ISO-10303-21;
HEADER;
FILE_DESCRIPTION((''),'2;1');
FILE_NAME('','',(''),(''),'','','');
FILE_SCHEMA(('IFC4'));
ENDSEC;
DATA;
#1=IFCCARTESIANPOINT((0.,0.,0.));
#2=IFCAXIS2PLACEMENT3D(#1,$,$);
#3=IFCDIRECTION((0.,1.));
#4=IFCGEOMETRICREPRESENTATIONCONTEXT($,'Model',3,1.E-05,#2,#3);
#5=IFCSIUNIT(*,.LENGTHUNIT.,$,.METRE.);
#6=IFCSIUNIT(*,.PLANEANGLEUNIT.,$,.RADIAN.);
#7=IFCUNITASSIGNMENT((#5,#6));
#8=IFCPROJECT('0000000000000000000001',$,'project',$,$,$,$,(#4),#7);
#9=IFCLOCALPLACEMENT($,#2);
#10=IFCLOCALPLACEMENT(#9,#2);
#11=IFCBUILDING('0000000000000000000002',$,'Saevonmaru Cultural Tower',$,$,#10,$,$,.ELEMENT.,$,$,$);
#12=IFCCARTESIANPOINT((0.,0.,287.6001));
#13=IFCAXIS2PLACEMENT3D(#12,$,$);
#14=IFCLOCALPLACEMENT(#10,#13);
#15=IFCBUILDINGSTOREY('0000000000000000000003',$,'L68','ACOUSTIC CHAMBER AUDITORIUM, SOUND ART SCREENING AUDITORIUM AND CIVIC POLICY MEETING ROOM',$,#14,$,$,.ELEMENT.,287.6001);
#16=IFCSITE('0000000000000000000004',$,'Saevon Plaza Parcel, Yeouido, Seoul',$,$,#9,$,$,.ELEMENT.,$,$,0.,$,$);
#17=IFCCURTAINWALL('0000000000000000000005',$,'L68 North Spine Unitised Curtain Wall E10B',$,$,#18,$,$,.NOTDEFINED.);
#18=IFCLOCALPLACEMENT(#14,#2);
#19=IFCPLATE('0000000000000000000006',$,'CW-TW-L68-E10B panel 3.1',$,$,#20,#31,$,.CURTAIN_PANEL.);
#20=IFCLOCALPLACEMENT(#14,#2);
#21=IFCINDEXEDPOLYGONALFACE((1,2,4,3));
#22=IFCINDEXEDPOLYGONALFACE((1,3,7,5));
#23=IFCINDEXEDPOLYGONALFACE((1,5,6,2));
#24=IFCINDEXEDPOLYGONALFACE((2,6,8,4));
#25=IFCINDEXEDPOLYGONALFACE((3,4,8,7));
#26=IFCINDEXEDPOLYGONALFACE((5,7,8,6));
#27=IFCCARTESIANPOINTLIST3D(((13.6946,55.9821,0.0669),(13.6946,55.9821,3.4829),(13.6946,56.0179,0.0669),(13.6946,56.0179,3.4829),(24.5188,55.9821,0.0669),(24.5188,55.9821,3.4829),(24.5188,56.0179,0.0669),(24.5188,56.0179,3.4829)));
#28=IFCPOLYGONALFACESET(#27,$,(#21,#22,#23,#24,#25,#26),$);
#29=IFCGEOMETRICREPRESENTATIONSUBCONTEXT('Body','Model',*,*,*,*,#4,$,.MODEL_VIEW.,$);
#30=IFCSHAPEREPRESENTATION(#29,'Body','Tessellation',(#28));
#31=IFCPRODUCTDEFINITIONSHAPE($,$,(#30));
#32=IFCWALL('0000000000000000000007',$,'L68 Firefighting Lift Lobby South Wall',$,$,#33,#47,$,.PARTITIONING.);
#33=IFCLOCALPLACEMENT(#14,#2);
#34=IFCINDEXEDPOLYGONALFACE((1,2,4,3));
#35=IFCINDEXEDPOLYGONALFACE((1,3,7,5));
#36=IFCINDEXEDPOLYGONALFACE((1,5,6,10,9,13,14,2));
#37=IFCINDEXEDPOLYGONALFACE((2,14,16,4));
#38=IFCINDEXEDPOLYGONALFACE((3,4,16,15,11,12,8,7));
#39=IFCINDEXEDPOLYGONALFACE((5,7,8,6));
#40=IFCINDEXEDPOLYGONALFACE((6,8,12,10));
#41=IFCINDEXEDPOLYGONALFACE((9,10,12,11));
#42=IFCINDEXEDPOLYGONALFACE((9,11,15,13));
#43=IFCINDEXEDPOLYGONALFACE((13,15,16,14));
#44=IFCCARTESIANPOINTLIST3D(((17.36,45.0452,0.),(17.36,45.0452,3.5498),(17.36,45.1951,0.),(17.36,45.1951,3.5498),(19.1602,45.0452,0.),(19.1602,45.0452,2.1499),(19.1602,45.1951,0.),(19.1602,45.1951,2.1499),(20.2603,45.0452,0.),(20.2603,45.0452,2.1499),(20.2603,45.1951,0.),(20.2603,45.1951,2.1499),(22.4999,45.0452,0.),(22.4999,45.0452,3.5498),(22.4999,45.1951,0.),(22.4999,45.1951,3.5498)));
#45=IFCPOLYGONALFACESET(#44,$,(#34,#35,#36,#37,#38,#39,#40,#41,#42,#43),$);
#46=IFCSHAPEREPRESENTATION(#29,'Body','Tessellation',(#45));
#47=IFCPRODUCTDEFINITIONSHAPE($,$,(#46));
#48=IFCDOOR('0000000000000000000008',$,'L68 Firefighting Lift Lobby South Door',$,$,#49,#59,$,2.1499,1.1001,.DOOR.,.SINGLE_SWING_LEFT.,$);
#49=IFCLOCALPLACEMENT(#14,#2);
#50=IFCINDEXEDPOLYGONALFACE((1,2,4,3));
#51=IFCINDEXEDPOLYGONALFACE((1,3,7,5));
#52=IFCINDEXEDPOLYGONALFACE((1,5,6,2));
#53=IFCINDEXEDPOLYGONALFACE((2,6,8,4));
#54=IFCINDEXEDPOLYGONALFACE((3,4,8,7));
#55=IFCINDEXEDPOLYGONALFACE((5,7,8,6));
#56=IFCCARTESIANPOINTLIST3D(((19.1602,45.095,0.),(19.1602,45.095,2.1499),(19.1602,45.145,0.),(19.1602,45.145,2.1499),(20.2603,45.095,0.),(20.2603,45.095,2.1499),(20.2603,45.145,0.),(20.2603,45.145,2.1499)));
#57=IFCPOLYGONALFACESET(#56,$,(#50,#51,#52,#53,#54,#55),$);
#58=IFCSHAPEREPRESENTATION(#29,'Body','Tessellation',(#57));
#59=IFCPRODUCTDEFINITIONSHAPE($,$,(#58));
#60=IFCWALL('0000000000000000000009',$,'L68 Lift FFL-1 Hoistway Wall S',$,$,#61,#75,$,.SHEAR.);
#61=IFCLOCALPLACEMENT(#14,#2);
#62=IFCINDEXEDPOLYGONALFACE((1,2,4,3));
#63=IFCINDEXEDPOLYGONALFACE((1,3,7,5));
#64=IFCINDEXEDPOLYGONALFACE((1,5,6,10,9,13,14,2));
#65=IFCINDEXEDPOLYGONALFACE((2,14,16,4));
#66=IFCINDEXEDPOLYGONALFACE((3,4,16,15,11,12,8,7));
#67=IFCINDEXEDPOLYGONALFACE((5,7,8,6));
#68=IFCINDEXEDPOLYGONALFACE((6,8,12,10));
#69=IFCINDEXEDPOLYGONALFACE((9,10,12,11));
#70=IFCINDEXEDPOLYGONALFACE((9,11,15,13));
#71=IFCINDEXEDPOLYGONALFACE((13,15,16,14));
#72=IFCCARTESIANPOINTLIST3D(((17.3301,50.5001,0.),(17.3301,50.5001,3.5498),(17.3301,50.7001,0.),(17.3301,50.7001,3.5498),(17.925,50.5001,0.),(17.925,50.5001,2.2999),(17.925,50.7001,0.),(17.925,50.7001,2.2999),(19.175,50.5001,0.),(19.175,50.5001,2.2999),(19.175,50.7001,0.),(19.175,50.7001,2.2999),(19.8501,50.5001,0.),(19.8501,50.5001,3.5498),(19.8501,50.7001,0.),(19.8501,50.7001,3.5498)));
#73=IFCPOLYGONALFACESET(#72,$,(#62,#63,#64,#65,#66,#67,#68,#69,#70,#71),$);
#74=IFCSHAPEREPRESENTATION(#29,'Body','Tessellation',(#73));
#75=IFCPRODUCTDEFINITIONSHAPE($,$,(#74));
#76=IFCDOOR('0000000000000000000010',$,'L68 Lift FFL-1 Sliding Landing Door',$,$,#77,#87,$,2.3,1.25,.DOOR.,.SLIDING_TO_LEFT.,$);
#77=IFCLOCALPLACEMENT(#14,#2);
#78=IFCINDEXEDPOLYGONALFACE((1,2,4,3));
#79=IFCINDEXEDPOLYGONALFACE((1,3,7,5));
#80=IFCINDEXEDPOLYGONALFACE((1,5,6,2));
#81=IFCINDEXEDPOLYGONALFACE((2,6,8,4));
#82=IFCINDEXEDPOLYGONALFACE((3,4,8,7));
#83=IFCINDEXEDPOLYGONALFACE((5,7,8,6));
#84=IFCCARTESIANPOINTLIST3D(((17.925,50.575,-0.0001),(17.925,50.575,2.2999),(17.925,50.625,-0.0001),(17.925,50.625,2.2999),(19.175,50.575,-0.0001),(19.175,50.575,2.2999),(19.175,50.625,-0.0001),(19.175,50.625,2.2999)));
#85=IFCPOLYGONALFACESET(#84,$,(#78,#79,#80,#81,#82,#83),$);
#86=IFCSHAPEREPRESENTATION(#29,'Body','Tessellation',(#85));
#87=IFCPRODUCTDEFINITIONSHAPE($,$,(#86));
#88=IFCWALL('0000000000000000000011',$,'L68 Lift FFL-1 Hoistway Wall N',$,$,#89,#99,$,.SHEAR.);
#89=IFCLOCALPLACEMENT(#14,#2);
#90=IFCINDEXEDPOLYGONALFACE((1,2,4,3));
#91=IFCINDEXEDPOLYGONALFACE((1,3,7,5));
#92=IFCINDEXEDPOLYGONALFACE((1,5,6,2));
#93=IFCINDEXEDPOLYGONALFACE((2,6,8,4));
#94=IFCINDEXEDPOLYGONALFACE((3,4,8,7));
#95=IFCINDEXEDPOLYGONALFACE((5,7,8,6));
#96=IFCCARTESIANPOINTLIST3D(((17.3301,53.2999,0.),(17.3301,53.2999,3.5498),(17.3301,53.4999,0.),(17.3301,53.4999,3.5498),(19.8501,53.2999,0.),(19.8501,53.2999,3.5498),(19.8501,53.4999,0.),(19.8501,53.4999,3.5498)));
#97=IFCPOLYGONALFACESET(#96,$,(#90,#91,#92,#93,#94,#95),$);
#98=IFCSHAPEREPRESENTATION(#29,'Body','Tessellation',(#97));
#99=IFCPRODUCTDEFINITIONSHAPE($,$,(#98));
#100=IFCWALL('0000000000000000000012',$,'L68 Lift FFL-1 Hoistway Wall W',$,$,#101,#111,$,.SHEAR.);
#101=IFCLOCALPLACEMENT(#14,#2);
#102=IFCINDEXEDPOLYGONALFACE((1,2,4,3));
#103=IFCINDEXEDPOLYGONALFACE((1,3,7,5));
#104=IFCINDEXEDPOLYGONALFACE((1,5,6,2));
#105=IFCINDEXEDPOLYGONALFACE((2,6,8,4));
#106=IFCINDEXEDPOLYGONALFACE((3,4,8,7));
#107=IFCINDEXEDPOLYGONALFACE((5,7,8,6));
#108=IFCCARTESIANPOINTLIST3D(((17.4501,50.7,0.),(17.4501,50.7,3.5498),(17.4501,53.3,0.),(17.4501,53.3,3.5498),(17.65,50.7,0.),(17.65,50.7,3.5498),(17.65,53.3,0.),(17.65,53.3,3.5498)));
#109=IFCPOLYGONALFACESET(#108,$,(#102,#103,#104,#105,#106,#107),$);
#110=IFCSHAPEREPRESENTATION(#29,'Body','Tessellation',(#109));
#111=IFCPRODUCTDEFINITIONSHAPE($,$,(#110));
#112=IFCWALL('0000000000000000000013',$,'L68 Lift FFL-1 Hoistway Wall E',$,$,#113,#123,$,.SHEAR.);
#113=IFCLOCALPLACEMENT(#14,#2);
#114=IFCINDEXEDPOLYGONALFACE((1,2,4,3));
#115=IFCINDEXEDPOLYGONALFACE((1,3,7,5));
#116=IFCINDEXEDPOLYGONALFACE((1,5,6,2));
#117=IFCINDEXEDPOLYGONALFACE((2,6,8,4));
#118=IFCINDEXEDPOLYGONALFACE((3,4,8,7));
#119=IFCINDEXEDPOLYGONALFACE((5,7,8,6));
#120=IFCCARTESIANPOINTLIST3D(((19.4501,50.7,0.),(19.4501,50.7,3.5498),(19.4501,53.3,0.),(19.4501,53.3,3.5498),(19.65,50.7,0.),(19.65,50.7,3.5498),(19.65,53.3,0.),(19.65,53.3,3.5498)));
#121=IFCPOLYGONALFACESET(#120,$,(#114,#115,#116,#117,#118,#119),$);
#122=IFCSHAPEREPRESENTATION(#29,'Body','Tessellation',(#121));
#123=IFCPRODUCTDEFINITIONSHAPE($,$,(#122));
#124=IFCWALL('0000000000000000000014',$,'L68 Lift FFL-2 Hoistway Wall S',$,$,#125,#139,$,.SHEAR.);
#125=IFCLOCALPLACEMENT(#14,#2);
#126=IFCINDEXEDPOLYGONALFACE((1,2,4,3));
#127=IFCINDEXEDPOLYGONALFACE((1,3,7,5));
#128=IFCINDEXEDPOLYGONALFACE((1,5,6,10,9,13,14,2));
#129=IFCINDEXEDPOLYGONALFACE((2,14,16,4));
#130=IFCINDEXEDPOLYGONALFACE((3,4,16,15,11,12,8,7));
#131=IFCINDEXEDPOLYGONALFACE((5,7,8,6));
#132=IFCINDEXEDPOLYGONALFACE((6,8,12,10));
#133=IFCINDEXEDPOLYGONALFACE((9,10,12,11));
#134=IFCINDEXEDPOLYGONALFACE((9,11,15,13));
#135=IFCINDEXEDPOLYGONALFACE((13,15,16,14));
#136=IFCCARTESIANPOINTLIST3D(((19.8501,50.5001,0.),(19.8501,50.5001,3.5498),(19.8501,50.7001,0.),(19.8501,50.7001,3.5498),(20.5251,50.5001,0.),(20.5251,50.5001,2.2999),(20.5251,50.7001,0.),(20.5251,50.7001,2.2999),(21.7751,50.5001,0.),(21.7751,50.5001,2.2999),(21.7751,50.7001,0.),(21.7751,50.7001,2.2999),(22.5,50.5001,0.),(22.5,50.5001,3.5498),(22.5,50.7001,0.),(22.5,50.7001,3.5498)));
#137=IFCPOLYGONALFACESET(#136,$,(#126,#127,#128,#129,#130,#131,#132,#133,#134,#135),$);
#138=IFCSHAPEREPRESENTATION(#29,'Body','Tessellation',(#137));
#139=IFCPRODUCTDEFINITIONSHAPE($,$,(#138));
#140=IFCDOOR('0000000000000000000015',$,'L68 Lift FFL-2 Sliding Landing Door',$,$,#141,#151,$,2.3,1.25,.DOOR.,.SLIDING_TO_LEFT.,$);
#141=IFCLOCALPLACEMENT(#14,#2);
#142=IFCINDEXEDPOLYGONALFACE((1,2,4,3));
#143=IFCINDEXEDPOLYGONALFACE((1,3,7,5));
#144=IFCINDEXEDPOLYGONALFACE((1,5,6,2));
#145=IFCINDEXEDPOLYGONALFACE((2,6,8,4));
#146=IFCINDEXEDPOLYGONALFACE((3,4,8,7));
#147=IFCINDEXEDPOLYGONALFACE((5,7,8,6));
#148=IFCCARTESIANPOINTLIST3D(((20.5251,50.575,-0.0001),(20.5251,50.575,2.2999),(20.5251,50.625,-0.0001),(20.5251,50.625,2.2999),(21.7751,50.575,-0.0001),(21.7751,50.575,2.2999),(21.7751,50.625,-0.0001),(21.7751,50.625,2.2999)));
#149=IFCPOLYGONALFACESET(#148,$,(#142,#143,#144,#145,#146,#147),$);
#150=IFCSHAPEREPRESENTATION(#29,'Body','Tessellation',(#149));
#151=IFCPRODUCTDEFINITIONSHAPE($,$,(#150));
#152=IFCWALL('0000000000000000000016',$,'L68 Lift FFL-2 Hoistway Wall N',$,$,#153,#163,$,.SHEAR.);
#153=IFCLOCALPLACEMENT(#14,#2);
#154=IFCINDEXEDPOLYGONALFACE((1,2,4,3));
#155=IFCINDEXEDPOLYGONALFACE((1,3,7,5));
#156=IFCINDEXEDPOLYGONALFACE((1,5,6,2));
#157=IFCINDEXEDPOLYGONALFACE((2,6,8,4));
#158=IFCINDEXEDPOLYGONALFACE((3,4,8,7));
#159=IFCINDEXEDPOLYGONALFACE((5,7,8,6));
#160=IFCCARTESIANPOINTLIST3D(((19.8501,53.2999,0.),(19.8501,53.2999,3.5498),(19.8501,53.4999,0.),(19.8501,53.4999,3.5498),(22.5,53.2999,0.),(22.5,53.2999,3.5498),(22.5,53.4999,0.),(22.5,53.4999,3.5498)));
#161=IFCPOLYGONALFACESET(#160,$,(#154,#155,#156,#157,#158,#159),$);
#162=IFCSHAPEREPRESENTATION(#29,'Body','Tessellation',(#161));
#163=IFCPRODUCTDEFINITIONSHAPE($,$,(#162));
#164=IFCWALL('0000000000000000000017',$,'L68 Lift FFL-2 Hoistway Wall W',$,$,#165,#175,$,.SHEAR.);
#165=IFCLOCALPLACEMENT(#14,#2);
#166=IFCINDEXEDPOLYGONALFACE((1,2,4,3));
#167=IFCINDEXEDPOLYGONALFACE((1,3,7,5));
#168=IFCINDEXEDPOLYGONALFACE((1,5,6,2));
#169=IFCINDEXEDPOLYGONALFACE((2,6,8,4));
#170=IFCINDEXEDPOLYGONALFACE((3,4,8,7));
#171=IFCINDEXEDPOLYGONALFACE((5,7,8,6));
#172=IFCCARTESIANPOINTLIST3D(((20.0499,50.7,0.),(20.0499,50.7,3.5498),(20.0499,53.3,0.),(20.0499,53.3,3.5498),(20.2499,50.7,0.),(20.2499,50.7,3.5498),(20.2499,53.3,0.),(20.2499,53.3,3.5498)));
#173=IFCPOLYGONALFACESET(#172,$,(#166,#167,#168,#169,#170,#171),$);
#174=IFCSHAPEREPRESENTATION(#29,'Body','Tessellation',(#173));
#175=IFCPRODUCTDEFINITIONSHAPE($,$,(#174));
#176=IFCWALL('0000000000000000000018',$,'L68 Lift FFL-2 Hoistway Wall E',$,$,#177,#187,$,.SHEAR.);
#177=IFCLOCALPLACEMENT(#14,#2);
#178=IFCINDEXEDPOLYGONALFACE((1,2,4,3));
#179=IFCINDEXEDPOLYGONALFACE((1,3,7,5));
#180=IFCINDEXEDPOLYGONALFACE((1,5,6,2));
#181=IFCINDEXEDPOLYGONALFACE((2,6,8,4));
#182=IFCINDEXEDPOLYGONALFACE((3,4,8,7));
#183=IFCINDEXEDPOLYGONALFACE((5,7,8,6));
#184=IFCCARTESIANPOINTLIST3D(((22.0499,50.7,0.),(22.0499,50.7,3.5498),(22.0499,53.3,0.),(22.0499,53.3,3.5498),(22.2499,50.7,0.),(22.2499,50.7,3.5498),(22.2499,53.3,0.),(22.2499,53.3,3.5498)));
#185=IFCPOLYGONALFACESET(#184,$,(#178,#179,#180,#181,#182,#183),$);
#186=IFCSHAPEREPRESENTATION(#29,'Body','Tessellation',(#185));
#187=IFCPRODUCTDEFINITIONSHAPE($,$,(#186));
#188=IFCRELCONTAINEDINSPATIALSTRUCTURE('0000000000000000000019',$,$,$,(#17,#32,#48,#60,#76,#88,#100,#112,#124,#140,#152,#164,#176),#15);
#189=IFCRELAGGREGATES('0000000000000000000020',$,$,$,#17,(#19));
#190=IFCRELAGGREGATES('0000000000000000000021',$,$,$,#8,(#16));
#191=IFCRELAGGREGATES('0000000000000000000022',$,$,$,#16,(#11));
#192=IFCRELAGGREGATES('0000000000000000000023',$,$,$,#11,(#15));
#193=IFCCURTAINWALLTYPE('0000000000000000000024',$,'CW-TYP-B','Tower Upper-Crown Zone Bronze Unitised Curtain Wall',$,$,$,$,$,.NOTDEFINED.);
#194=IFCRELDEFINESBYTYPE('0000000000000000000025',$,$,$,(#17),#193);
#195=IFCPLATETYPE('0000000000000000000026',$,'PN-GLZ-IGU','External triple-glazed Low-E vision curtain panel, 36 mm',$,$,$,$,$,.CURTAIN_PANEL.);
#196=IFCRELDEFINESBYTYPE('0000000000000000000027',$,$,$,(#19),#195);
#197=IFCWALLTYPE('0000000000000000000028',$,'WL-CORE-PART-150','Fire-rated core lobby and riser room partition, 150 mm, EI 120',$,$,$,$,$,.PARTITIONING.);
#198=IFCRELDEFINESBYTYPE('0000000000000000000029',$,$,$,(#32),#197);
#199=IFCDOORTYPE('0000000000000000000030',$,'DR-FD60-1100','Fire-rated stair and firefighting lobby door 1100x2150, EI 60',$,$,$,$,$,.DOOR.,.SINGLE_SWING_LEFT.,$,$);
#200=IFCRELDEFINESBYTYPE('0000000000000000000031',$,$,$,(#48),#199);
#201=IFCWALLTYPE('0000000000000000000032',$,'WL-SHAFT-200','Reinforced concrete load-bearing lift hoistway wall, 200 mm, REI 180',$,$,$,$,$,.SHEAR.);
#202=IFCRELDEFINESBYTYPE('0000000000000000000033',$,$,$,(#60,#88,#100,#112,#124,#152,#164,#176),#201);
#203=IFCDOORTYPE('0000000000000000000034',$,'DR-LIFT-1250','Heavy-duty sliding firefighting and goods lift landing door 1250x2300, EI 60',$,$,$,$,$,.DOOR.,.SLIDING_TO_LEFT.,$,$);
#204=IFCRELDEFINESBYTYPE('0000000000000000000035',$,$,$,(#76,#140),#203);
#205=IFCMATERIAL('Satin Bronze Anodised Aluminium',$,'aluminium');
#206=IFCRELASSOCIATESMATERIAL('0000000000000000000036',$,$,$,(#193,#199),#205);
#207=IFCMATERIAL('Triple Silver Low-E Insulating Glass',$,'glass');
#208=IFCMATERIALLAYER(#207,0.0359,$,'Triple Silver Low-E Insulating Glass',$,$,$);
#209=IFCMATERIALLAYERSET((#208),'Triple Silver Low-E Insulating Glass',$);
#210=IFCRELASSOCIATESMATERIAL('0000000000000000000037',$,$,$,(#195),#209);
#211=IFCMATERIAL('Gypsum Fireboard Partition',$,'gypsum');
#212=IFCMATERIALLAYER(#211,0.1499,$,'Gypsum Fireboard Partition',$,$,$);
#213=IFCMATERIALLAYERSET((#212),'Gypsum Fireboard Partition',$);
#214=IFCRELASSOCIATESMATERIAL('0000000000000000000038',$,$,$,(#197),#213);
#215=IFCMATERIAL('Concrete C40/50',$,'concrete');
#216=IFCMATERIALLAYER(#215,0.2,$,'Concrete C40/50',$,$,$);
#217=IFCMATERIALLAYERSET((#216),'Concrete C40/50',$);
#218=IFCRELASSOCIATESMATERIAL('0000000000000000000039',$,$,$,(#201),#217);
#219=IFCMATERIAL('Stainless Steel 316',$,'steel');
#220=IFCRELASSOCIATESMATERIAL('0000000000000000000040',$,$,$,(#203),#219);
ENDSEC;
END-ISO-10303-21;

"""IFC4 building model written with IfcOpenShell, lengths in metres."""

from ifc_helpers import new_model, si_unit, direction, frame, frame_2d, origin, origin_2d, place, context, subcontext, project, spatial, rectangle, extrude, material, layer, layer_set, type_object, element, fill, aggregate, save


model = new_model("IFC4")

# Units and contexts
model_context = context("Model", 3, precision=1e-05, world=origin(), true_north=direction((0.0, 1.0)))
body_context = subcontext(model_context, "Body", "Model", "MODEL_VIEW")
ifc_project = project(units=[si_unit("LENGTHUNIT", "METRE"), si_unit("PLANEANGLEUNIT", "RADIAN")], contexts=[model_context])

# Site, building, storey
site_placement = place(None, origin())
site = spatial("IfcSite", under=ifc_project, at=site_placement, Name="Saevon Plaza Parcel, Yeouido, Seoul", CompositionType="ELEMENT", RefElevation=0.0)
building_placement = place(site_placement, origin())
building = spatial("IfcBuilding", under=site, at=building_placement, Name="Saevonmaru Cultural Tower", CompositionType="ELEMENT")
storey_placement = place(building_placement, frame((0.0, 0.0, 287.6001)))
storey = spatial("IfcBuildingStorey", under=building, at=storey_placement, Name="L68", Description="ACOUSTIC CHAMBER AUDITORIUM, SOUND ART SCREENING AUDITORIUM AND CIVIC POLICY MEETING ROOM", CompositionType="ELEMENT", Elevation=287.6001)

# Curtain wall, plate
ifc_material_1 = material(Name="Satin Bronze Anodised Aluminium", Category="aluminium")
curtain_wall_type = type_object("IfcCurtainWallType", Name="CW-TYP-B", Description="Tower Upper-Crown Zone Bronze Unitised Curtain Wall", PredefinedType="NOTDEFINED", material=ifc_material_1)
curtain_wall_placement = place(storey_placement, origin())
curtain_wall = element("IfcCurtainWall", 1, at=curtain_wall_placement, inside=storey, type_object=curtain_wall_type, Name="L68 North Spine Unitised Curtain Wall E10B", PredefinedType="NOTDEFINED")
ifc_material_2 = material(Name="Triple Silver Low-E Insulating Glass", Category="glass")
ifc_layer_1 = layer(ifc_material_2, 0.0359, Name="Triple Silver Low-E Insulating Glass")
ifc_layer_set_1 = layer_set([ifc_layer_1], Name="Triple Silver Low-E Insulating Glass")
plate_type = type_object("IfcPlateType", Name="PN-GLZ-IGU", Description="External triple-glazed Low-E vision curtain panel, 36 mm", PredefinedType="CURTAIN_PANEL", material=ifc_layer_set_1)
plate_placement = place(storey_placement, frame((19.1067, 56.0, 0.0669), z_axis=(0.0, 0.0, 1.0), x_axis=(-1.0, 0.0, 0.0)))
plate = element("IfcPlate", 2, at=plate_placement, type_object=plate_type, Name="CW-TW-L68-E10B panel 3.1", PredefinedType="CURTAIN_PANEL", context=body_context, shape_type="SweptSolid", body=[
    extrude(rectangle(XDim=10.8242, YDim=0.0359, at=origin_2d()), origin(), (0.0, 0.0, 1.0), 3.416),
])
aggregate(curtain_wall, [plate])

# Walls, openings, doors
ifc_material_3 = material(Name="Gypsum Fireboard Partition", Category="gypsum")
ifc_layer_2 = layer(ifc_material_3, 0.1499, Name="Gypsum Fireboard Partition")
ifc_layer_set_2 = layer_set([ifc_layer_2], Name="Gypsum Fireboard Partition")
wall_type_1 = type_object("IfcWallType", Name="WL-CORE-PART-150", Description="Fire-rated core lobby and riser room partition, 150 mm, EI 120", PredefinedType="PARTITIONING", material=ifc_layer_set_2)
wall_1_placement = place(storey_placement, frame((17.3601, 45.1201, 0.0), z_axis=(0.0, 0.0, 1.0), x_axis=(1.0, 0.0, 0.0)))
wall_1 = element("IfcWall", 3, at=wall_1_placement, inside=storey, type_object=wall_type_1, Name="L68 Firefighting Lift Lobby South Wall", PredefinedType="PARTITIONING", context=body_context, shape_type="SweptSolid", body=[
    extrude(rectangle(XDim=5.1399, YDim=0.1499, at=frame_2d((2.5698, 0.0))), origin(), (0.0, 0.0, 1.0), 3.5498),
])
opening_1_placement = place(wall_1_placement, frame((1.8, 0.0, 0.0)))
opening_1 = element("IfcOpeningElement", 4, at=opening_1_placement, cuts=wall_1, PredefinedType="OPENING", context=body_context, shape_type="SweptSolid", body=[
    extrude(rectangle(XDim=1.1001, YDim=2.1499, at=frame_2d((0.55, 1.075))), frame((0.0, 0.085, 0.0), z_axis=(0.0, -1.0, 0.0), x_axis=(1.0, 0.0, 0.0)), (0.0, 0.0, 1.0), 0.1699),
])
door_type_1 = type_object("IfcDoorType", Name="DR-FD60-1100", Description="Fire-rated stair and firefighting lobby door 1100x2150, EI 60", OperationType="SINGLE_SWING_LEFT", PredefinedType="DOOR", material=ifc_material_1)
door_1_placement = place(opening_1_placement, origin())
door_1 = element("IfcDoor", 5, at=door_1_placement, inside=storey, type_object=door_type_1, Name="L68 Firefighting Lift Lobby South Door", OperationType="SINGLE_SWING_LEFT", OverallHeight=2.1499, OverallWidth=1.1001, PredefinedType="DOOR", context=body_context, shape_type="SweptSolid", body=[
    extrude(rectangle(XDim=1.1001, YDim=2.1499, at=frame_2d((0.55, 1.075))), frame((0.0, 0.0249, 0.0), z_axis=(0.0, -1.0, 0.0), x_axis=(1.0, 0.0, 0.0)), (0.0, 0.0, 1.0), 0.05),
])
fill(opening_1, door_1)
ifc_material_4 = material(Name="Concrete C40/50", Category="concrete")
ifc_layer_3 = layer(ifc_material_4, 0.2, Name="Concrete C40/50")
ifc_layer_set_3 = layer_set([ifc_layer_3], Name="Concrete C40/50")
wall_type_2 = type_object("IfcWallType", Name="WL-SHAFT-200", Description="Reinforced concrete load-bearing lift hoistway wall, 200 mm, REI 180", PredefinedType="SHEAR", material=ifc_layer_set_3)
wall_2_placement = place(storey_placement, frame((17.3301, 50.6001, 0.0), z_axis=(0.0, 0.0, 1.0), x_axis=(1.0, 0.0, 0.0)))
wall_2 = element("IfcWall", 6, at=wall_2_placement, inside=storey, type_object=wall_type_2, Name="L68 Lift FFL-1 Hoistway Wall S", PredefinedType="SHEAR", context=body_context, shape_type="SweptSolid", body=[
    extrude(rectangle(XDim=2.52, YDim=0.2, at=frame_2d((1.26, 0.0))), origin(), (0.0, 0.0, 1.0), 3.5498),
])
opening_2_placement = place(wall_2_placement, frame((0.595, 0.0, 0.0)))
opening_2 = element("IfcOpeningElement", 7, at=opening_2_placement, cuts=wall_2, PredefinedType="OPENING", context=body_context, shape_type="SweptSolid", body=[
    extrude(rectangle(XDim=1.25, YDim=2.3, at=frame_2d((0.625, 1.1499))), frame((0.0, 0.1099, 0.0), z_axis=(0.0, -1.0, 0.0), x_axis=(1.0, 0.0, 0.0)), (0.0, 0.0, 1.0), 0.22),
])
ifc_material_5 = material(Name="Stainless Steel 316", Category="steel")
door_type_2 = type_object("IfcDoorType", Name="DR-LIFT-1250", Description="Heavy-duty sliding firefighting and goods lift landing door 1250x2300, EI 60", OperationType="SLIDING_TO_LEFT", PredefinedType="DOOR", material=ifc_material_5)
door_2_placement = place(opening_2_placement, origin())
door_2 = element("IfcDoor", 8, at=door_2_placement, inside=storey, type_object=door_type_2, Name="L68 Lift FFL-1 Sliding Landing Door", OperationType="SLIDING_TO_LEFT", OverallHeight=2.3, OverallWidth=1.25, PredefinedType="DOOR", context=body_context, shape_type="SweptSolid", body=[
    extrude(rectangle(XDim=1.25, YDim=2.3, at=frame_2d((0.625, 1.1499))), frame((0.0, 0.0249, 0.0), z_axis=(0.0, -1.0, 0.0), x_axis=(1.0, 0.0, 0.0)), (0.0, 0.0, 1.0), 0.05),
])
fill(opening_2, door_2)

# Walls
wall_3_placement = place(storey_placement, frame((17.3301, 53.3999, 0.0), z_axis=(0.0, 0.0, 1.0), x_axis=(1.0, 0.0, 0.0)))
element("IfcWall", 9, at=wall_3_placement, inside=storey, type_object=wall_type_2, Name="L68 Lift FFL-1 Hoistway Wall N", PredefinedType="SHEAR", context=body_context, shape_type="SweptSolid", body=[
    extrude(rectangle(XDim=2.52, YDim=0.2, at=frame_2d((1.26, 0.0))), origin(), (0.0, 0.0, 1.0), 3.5498),
])
for number, where, z_axis, x_axis, name in (
    (10, (17.55, 50.7, 0.0), (0.0, 0.0, 1.0), (0.0, 1.0, 0.0), "L68 Lift FFL-1 Hoistway Wall W"),
    (11, (19.55, 50.7, 0.0), (0.0, 0.0, 1.0), (0.0, 1.0, 0.0), "L68 Lift FFL-1 Hoistway Wall E"),
):
    element("IfcWall", number, at=place(storey_placement, frame(where, z_axis=z_axis, x_axis=x_axis)), inside=storey, type_object=wall_type_2, Name=name, PredefinedType="SHEAR", context=body_context, shape_type="SweptSolid", body=[
        extrude(rectangle(XDim=2.6001, YDim=0.2, at=frame_2d((1.3, 0.0))), origin(), (0.0, 0.0, 1.0), 3.5498),
    ])

# Wall, opening, door
wall_4_placement = place(storey_placement, frame((19.8501, 50.6001, 0.0), z_axis=(0.0, 0.0, 1.0), x_axis=(1.0, 0.0, 0.0)))
wall_4 = element("IfcWall", 12, at=wall_4_placement, inside=storey, type_object=wall_type_2, Name="L68 Lift FFL-2 Hoistway Wall S", PredefinedType="SHEAR", context=body_context, shape_type="SweptSolid", body=[
    extrude(rectangle(XDim=2.6499, YDim=0.2, at=frame_2d((1.325, 0.0))), origin(), (0.0, 0.0, 1.0), 3.5498),
])
opening_3_placement = place(wall_4_placement, frame((0.675, 0.0, 0.0)))
opening_3 = element("IfcOpeningElement", 13, at=opening_3_placement, cuts=wall_4, PredefinedType="OPENING", context=body_context, shape_type="SweptSolid", body=[
    extrude(rectangle(XDim=1.25, YDim=2.3, at=frame_2d((0.625, 1.1499))), frame((0.0, 0.1099, 0.0), z_axis=(0.0, -1.0, 0.0), x_axis=(1.0, 0.0, 0.0)), (0.0, 0.0, 1.0), 0.22),
])
door_3_placement = place(opening_3_placement, origin())
door_3 = element("IfcDoor", 14, at=door_3_placement, inside=storey, type_object=door_type_2, Name="L68 Lift FFL-2 Sliding Landing Door", OperationType="SLIDING_TO_LEFT", OverallHeight=2.3, OverallWidth=1.25, PredefinedType="DOOR", context=body_context, shape_type="SweptSolid", body=[
    extrude(rectangle(XDim=1.25, YDim=2.3, at=frame_2d((0.625, 1.1499))), frame((0.0, 0.0249, 0.0), z_axis=(0.0, -1.0, 0.0), x_axis=(1.0, 0.0, 0.0)), (0.0, 0.0, 1.0), 0.05),
])
fill(opening_3, door_3)

# Walls
wall_5_placement = place(storey_placement, frame((19.8501, 53.3999, 0.0), z_axis=(0.0, 0.0, 1.0), x_axis=(1.0, 0.0, 0.0)))
element("IfcWall", 15, at=wall_5_placement, inside=storey, type_object=wall_type_2, Name="L68 Lift FFL-2 Hoistway Wall N", PredefinedType="SHEAR", context=body_context, shape_type="SweptSolid", body=[
    extrude(rectangle(XDim=2.6499, YDim=0.2, at=frame_2d((1.325, 0.0))), origin(), (0.0, 0.0, 1.0), 3.5498),
])
for number, where, z_axis, x_axis, name in (
    (16, (20.1499, 50.7, 0.0), (0.0, 0.0, 1.0), (0.0, 1.0, 0.0), "L68 Lift FFL-2 Hoistway Wall W"),
    (17, (22.1499, 50.7, 0.0), (0.0, 0.0, 1.0), (0.0, 1.0, 0.0), "L68 Lift FFL-2 Hoistway Wall E"),
):
    element("IfcWall", number, at=place(storey_placement, frame(where, z_axis=z_axis, x_axis=x_axis)), inside=storey, type_object=wall_type_2, Name=name, PredefinedType="SHEAR", context=body_context, shape_type="SweptSolid", body=[
        extrude(rectangle(XDim=2.6001, YDim=0.2, at=frame_2d((1.3, 0.0))), origin(), (0.0, 0.0, 1.0), 3.5498),
    ])

save(model, "model.ifc")
